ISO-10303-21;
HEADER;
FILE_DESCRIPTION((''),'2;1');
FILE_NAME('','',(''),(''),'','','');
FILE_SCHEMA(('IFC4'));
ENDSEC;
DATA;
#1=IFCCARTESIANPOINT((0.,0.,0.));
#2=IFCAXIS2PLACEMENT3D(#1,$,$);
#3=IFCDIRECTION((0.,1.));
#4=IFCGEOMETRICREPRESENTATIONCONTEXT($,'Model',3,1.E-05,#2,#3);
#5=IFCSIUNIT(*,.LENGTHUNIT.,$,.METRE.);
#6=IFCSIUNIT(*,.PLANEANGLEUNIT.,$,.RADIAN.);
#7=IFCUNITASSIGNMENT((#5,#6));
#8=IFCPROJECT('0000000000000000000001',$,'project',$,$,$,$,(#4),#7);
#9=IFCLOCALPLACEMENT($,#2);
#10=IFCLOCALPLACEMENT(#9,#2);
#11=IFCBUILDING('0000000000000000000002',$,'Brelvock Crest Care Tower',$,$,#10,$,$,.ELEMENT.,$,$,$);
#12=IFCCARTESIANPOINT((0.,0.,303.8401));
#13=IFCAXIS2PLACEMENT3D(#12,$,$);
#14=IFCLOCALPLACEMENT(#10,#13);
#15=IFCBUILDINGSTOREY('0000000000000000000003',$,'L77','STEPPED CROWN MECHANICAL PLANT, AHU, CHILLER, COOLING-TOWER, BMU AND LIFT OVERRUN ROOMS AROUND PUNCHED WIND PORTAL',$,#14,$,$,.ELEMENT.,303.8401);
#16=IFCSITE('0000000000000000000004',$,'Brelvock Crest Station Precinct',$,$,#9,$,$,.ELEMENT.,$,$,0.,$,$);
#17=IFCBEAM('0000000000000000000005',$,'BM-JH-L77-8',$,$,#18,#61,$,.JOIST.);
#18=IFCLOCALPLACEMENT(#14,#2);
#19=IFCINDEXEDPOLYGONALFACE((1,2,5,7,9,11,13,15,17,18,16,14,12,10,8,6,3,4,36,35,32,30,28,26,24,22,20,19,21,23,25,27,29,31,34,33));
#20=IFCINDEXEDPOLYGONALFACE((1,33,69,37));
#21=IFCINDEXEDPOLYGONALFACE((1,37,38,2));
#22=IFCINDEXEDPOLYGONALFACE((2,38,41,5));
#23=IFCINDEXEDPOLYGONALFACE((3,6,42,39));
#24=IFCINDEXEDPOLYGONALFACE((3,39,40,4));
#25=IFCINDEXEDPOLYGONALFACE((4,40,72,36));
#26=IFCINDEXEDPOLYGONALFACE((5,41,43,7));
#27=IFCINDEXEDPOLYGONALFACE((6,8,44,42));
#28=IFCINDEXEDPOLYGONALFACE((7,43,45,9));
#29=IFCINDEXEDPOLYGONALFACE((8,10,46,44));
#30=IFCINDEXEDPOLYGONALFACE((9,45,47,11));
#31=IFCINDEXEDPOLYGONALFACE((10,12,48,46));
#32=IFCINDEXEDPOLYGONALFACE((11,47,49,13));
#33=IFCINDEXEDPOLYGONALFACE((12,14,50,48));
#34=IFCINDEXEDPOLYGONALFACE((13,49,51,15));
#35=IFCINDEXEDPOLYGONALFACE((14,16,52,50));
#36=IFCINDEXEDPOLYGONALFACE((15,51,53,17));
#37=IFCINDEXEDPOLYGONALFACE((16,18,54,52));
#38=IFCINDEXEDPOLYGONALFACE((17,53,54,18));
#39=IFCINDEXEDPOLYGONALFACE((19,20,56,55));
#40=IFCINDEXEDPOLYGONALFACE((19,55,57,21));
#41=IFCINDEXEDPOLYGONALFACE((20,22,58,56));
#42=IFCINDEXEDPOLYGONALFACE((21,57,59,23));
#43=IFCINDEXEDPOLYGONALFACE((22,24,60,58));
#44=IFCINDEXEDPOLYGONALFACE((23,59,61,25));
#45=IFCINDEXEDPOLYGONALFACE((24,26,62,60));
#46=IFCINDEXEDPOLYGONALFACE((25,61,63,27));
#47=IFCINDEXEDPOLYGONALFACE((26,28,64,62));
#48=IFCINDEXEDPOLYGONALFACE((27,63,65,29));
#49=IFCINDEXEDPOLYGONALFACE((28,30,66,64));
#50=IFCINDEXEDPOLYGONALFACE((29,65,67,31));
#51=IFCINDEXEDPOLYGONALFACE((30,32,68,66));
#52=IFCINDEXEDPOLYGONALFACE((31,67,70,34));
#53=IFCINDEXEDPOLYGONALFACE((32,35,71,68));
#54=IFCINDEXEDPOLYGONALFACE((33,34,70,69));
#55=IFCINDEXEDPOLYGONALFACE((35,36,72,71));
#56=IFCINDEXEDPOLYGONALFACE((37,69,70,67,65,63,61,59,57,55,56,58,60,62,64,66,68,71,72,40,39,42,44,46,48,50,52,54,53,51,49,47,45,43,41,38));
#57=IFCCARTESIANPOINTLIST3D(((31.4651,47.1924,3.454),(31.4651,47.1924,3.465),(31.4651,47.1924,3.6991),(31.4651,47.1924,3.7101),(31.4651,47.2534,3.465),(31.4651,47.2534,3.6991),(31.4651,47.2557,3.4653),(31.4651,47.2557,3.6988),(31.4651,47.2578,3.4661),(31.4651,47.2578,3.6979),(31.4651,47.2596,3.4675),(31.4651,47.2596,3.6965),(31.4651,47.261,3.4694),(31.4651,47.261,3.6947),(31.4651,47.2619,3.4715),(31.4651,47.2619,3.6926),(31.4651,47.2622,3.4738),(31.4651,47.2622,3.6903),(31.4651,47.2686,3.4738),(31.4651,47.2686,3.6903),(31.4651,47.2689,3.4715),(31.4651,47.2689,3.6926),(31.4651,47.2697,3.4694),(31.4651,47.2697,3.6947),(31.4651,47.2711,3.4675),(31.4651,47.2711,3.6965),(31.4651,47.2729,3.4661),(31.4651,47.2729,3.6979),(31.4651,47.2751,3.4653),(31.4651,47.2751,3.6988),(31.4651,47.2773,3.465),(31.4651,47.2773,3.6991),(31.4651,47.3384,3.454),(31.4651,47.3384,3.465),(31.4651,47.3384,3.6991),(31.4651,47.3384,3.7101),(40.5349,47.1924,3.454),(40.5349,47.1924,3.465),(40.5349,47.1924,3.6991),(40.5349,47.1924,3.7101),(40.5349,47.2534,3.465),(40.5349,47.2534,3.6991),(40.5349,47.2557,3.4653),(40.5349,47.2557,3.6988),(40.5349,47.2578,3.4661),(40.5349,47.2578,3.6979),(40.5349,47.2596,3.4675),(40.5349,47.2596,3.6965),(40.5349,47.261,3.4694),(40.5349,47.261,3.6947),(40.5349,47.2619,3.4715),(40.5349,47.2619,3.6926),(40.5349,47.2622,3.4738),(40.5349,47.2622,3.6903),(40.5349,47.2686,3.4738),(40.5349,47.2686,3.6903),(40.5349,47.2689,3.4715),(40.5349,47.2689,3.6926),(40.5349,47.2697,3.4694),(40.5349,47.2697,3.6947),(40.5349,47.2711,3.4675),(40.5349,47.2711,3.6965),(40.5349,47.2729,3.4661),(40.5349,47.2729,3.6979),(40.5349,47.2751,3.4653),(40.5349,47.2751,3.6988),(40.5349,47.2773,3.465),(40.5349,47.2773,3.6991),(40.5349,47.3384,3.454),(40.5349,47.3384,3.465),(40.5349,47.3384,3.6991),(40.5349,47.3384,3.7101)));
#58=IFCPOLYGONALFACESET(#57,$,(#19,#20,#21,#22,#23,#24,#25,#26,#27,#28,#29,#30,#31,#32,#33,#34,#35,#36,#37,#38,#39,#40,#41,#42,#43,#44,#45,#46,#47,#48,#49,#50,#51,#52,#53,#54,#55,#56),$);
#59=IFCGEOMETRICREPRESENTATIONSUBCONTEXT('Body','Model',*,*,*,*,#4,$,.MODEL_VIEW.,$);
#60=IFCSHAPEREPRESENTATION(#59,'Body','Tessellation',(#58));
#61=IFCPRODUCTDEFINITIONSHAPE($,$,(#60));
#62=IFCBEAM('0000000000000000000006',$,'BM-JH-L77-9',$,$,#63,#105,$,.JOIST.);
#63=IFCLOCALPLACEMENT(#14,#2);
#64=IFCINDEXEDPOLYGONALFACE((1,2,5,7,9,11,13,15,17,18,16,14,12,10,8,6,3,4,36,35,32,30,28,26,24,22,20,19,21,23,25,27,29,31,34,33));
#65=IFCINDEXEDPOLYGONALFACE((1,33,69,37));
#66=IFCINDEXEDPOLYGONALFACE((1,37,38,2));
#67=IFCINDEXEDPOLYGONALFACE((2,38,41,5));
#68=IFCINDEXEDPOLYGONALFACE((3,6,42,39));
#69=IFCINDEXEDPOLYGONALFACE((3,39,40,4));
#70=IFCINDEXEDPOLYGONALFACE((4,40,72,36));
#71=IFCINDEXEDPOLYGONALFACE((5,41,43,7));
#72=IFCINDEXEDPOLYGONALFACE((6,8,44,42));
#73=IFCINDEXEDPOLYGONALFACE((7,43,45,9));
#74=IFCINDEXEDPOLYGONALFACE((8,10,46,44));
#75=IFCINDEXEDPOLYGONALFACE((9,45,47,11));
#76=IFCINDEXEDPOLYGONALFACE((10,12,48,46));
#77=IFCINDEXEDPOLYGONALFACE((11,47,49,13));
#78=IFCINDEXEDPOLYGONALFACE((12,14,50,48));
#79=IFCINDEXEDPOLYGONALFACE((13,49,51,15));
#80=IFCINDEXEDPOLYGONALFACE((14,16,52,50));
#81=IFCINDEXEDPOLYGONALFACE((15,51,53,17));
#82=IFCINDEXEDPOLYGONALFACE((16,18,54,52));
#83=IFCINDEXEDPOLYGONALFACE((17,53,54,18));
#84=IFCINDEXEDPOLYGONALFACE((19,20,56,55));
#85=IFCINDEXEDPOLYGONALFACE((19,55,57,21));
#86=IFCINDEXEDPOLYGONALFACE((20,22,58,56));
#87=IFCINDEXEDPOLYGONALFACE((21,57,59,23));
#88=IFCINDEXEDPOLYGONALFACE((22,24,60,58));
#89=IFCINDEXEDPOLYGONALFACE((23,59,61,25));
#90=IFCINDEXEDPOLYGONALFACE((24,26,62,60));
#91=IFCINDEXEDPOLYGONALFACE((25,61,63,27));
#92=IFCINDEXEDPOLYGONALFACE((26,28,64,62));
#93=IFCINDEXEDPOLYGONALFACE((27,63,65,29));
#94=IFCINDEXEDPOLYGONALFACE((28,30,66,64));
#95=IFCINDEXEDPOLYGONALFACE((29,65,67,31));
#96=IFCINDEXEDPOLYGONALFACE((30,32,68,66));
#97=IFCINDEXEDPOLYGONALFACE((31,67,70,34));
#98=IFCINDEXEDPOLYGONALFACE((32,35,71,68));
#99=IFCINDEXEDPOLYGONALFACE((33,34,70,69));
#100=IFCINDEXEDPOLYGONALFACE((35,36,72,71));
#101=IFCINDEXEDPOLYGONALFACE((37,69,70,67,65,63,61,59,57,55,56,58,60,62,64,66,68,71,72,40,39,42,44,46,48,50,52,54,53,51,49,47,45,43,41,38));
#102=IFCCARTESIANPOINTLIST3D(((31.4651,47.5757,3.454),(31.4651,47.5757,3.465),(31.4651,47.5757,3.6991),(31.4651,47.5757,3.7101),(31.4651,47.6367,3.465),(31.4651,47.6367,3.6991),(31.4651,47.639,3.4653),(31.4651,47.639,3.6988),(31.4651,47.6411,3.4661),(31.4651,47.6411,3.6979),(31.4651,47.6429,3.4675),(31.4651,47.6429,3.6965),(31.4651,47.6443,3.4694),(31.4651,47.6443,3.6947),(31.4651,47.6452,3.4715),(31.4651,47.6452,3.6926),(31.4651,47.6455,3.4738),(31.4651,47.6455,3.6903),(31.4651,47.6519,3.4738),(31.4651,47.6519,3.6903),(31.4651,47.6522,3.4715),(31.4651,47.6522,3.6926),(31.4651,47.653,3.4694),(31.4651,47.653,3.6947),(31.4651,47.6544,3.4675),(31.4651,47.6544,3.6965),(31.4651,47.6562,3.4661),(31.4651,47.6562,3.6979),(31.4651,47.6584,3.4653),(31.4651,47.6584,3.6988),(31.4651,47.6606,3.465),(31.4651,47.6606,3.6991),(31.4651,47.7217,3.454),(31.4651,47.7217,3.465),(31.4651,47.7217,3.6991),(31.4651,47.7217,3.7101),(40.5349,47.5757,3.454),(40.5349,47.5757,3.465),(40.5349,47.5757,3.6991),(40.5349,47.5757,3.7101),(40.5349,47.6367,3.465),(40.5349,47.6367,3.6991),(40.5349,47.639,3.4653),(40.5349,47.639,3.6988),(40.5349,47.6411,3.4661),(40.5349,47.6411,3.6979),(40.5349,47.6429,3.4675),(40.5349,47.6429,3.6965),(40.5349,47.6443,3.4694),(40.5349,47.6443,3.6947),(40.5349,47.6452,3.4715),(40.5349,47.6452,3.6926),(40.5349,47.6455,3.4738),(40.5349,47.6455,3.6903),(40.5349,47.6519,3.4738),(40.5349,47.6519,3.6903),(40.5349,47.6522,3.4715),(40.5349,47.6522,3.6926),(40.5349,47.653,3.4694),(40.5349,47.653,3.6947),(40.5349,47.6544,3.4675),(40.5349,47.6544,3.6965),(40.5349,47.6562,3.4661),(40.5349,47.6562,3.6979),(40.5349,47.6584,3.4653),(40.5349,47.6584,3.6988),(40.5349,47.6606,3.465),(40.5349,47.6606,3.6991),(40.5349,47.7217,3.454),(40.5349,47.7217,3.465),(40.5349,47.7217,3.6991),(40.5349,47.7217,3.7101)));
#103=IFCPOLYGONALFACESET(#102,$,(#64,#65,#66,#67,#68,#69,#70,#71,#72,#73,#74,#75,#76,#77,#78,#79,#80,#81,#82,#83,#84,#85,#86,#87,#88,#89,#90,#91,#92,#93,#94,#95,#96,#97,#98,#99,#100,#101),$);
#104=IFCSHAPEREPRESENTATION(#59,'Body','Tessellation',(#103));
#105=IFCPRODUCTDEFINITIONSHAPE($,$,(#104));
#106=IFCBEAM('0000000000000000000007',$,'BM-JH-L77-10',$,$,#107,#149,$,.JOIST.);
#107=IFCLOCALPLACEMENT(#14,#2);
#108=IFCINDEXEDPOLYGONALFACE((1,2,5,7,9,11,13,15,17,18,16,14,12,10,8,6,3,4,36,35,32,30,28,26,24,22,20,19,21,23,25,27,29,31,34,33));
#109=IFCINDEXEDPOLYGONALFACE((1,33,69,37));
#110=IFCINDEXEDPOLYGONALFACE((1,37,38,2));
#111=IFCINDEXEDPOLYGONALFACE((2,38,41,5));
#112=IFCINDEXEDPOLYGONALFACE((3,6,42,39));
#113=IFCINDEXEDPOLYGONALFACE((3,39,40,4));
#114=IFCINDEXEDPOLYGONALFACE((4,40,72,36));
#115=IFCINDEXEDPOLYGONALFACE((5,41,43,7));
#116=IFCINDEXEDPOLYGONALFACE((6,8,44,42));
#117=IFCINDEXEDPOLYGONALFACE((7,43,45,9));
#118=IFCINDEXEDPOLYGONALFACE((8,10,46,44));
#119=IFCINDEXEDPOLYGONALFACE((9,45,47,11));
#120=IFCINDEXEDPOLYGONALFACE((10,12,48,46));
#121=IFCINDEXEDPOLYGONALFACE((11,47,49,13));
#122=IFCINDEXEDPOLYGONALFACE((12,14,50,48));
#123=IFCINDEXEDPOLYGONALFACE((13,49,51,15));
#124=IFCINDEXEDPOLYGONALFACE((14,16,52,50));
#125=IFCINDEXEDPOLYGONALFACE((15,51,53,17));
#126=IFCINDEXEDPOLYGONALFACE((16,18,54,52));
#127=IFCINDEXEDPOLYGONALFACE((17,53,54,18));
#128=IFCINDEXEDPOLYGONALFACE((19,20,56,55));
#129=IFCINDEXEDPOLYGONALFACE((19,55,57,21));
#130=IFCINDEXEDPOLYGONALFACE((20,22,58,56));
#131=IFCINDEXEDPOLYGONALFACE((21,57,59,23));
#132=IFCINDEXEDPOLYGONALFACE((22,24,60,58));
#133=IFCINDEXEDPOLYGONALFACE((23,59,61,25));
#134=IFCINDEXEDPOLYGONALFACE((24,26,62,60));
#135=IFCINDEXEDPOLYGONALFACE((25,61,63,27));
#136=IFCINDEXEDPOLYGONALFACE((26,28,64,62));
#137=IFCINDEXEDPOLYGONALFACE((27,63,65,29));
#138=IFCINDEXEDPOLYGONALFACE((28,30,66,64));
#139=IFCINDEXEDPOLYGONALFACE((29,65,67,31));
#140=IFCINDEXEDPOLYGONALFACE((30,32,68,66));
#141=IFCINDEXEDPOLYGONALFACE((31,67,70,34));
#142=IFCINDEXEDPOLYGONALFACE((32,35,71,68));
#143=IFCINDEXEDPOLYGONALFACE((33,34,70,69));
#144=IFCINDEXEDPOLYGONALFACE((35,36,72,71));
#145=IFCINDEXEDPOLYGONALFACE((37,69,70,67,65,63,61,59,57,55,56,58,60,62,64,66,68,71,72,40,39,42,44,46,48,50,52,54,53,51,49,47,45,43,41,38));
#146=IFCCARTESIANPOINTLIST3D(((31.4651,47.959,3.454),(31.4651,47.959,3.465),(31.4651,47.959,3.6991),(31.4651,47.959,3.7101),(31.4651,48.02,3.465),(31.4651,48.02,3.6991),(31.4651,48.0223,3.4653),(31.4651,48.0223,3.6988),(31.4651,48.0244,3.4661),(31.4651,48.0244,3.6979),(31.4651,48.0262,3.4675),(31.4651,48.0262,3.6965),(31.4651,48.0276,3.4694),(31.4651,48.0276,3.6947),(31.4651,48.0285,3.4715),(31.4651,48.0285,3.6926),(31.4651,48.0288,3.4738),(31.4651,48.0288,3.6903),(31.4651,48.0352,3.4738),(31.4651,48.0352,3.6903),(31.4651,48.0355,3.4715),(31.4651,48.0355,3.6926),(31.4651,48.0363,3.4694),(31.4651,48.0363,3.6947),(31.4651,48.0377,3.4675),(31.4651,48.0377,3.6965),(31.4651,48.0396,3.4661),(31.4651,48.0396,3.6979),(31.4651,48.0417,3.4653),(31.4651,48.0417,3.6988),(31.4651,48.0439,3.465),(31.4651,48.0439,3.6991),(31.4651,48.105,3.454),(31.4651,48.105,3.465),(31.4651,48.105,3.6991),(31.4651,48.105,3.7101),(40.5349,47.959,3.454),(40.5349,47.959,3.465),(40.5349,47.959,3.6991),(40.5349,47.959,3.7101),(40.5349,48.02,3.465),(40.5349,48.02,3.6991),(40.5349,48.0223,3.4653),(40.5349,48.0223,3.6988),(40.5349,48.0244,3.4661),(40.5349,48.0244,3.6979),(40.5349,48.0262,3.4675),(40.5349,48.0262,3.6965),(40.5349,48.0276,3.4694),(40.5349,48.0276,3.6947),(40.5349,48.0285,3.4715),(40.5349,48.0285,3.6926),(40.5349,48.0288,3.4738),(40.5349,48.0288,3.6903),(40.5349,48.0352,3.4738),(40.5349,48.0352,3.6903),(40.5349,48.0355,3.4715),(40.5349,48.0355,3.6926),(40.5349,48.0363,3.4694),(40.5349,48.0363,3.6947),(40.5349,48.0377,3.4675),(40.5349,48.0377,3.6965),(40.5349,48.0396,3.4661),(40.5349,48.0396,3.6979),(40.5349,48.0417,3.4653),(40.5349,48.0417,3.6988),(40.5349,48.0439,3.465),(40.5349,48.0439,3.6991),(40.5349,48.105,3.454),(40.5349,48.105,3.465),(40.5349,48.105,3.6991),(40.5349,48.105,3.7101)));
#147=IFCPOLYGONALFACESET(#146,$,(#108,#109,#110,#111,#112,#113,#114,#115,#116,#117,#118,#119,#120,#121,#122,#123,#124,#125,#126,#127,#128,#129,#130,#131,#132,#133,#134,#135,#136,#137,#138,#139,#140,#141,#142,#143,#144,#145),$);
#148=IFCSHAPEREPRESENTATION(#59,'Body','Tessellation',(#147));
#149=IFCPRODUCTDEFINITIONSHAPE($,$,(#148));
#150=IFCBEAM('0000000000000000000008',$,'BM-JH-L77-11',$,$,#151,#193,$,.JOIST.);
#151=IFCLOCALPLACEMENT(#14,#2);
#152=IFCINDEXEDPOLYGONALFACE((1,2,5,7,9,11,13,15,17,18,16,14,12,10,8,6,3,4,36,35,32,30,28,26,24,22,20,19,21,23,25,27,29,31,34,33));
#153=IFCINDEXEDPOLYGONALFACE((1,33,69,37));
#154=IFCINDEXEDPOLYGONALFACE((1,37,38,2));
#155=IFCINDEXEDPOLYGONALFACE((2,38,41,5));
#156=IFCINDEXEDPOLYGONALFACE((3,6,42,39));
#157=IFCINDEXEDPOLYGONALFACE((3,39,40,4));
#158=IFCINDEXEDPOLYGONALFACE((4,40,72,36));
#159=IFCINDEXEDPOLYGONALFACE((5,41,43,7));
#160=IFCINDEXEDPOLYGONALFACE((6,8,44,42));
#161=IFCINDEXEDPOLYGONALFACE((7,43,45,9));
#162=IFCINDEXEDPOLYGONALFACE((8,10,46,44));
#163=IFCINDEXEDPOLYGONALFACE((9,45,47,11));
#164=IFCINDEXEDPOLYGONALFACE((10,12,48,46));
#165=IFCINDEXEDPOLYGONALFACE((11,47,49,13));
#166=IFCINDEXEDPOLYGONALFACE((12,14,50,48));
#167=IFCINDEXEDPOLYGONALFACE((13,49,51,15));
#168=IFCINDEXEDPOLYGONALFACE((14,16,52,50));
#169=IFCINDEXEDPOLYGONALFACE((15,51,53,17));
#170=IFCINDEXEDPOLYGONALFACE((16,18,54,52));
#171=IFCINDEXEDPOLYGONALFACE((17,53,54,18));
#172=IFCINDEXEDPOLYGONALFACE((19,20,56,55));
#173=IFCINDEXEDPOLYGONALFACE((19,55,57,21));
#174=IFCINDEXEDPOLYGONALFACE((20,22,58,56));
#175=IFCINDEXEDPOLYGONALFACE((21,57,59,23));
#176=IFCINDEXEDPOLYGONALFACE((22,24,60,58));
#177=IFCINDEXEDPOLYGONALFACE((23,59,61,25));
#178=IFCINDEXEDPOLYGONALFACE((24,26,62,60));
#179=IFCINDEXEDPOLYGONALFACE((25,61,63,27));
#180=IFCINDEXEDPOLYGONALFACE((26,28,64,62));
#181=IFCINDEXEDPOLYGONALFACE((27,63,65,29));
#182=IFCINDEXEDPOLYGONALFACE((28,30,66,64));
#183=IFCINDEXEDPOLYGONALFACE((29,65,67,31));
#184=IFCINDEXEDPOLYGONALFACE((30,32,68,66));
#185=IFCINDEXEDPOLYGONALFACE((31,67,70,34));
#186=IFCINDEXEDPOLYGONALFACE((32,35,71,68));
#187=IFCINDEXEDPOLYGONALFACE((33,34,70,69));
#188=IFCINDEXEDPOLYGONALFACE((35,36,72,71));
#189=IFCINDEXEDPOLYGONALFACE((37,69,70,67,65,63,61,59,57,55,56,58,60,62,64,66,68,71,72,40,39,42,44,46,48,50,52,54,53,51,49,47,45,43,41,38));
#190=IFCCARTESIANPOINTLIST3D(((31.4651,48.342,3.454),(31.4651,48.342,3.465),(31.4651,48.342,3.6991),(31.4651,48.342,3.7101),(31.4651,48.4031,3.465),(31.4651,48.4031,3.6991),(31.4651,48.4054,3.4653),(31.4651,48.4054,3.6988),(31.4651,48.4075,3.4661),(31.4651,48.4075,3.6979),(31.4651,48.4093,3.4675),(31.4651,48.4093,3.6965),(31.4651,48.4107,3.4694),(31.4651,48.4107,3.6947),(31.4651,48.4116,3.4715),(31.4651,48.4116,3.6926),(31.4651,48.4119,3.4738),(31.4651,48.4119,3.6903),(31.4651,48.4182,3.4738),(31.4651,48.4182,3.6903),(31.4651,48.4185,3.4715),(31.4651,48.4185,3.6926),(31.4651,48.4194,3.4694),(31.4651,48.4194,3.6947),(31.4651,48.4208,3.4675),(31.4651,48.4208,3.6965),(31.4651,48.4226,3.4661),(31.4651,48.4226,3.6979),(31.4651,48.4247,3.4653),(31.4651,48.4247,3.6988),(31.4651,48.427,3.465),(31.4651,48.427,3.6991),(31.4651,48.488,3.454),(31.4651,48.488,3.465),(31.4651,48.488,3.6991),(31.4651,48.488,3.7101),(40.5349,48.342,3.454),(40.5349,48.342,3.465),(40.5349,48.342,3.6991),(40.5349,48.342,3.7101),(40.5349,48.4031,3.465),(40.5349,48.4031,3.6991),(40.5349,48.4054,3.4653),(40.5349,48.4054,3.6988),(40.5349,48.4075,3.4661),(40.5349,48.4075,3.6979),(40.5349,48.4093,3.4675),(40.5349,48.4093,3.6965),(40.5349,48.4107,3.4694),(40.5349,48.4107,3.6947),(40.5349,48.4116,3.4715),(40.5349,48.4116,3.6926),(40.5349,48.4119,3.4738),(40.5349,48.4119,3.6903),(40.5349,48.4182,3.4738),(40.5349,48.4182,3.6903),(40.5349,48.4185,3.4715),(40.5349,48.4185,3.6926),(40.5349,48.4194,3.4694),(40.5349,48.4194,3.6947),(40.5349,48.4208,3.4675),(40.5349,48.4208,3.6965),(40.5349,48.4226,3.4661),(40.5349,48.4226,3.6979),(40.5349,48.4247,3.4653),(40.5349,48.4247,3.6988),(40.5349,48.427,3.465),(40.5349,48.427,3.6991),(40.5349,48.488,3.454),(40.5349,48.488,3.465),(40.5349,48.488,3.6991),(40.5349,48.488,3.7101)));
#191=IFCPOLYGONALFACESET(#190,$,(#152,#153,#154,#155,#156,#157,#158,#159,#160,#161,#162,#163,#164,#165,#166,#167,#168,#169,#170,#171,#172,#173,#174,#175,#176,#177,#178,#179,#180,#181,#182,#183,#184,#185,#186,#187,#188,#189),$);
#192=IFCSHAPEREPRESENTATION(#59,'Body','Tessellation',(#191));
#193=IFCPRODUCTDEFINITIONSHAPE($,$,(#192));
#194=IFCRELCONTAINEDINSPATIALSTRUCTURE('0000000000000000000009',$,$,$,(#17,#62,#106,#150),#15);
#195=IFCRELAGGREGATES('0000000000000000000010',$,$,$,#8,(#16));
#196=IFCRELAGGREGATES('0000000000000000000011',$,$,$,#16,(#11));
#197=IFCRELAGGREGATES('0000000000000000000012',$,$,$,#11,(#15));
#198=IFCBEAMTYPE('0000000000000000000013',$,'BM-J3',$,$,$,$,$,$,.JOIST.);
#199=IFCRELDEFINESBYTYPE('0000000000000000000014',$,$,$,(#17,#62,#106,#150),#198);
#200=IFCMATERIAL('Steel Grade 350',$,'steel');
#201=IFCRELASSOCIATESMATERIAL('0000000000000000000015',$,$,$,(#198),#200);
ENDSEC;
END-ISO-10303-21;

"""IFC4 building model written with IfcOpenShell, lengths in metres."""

from ifc_helpers import new_model, si_unit, direction, frame, origin, origin_2d, place, context, subcontext, project, spatial, i_section, extrude, source, transform, mapped, material, material_profile, profile_set, type_object, element, save


model = new_model("IFC4")

# Units and contexts
model_context = context("Model", 3, precision=1e-05, world=origin(), true_north=direction((0.0, 1.0)))
body_context = subcontext(model_context, "Body", "Model", "MODEL_VIEW")
ifc_project = project(units=[si_unit("LENGTHUNIT", "METRE"), si_unit("PLANEANGLEUNIT", "RADIAN")], contexts=[model_context])

# Site, building, storey
site_placement = place(None, origin())
site = spatial("IfcSite", under=ifc_project, at=site_placement, Name="Brelvock Crest Station Precinct", CompositionType="ELEMENT", RefElevation=0.0)
building_placement = place(site_placement, origin())
building = spatial("IfcBuilding", under=site, at=building_placement, Name="Brelvock Crest Care Tower", CompositionType="ELEMENT")
storey_placement = place(building_placement, frame((0.0, 0.0, 303.8401)))
storey = spatial("IfcBuildingStorey", under=building, at=storey_placement, Name="L77", Description="STEPPED CROWN MECHANICAL PLANT, AHU, CHILLER, COOLING-TOWER, BMU AND LIFT OVERRUN ROOMS AROUND PUNCHED WIND PORTAL", CompositionType="ELEMENT", Elevation=303.8401)

# Shared definitions
ifc_material_1 = material(Name="Steel Grade 350", Category="steel")

# Beams
ifc_material_profile_1 = material_profile(ifc_material_1, i_section(OverallWidth=0.146, OverallDepth=0.2561, WebThickness=0.0063, FlangeThickness=0.011, FilletRadius=0.0088, at=origin_2d()), Name="250UB37.3")
ifc_profile_set_1 = profile_set([ifc_material_profile_1], Name="Steel Grade 350")
beam_type_1 = type_object("IfcBeamType", Name="BM-J3", PredefinedType="JOIST", material=ifc_profile_set_1)
shared_shape_1 = source(origin(), body_context, "Body", "SweptSolid", [
    extrude(i_section(OverallWidth=0.146, OverallDepth=0.2561, WebThickness=0.0063, FlangeThickness=0.011, FilletRadius=0.0088, at=origin_2d()), origin(), (0.0, 0.0, 1.0), 9.0698),
])
for number, where, z_axis, x_axis, name in (
    (1, (31.4651, 47.2654, 3.582), (1.0, 0.0, 0.0), (0.0, 1.0, 0.0), "BM-JH-L77-8"),
    (2, (31.4651, 47.6487, 3.582), (1.0, 0.0, 0.0), (0.0, 1.0, 0.0), "BM-JH-L77-9"),
    (3, (31.4651, 48.032, 3.582), (1.0, 0.0, 0.0), (0.0, 1.0, 0.0), "BM-JH-L77-10"),
    (4, (31.4651, 48.415, 3.582), (1.0, 0.0, 0.0), (0.0, 1.0, 0.0), "BM-JH-L77-11"),
):
    element("IfcBeam", number, at=place(storey_placement, frame(where, z_axis=z_axis, x_axis=x_axis)), inside=storey, type_object=beam_type_1, Name=name, PredefinedType="JOIST", context=body_context, shape_type="MappedRepresentation", body=[
        mapped(shared_shape_1, transform((0.0, 0.0, 0.0), x_axis=(1.0, 0.0, 0.0), y_axis=(0.0, 1.0, 0.0), z_axis=(0.0, 0.0, 1.0), scale=1.0)),
    ])

save(model, "model.ifc")
